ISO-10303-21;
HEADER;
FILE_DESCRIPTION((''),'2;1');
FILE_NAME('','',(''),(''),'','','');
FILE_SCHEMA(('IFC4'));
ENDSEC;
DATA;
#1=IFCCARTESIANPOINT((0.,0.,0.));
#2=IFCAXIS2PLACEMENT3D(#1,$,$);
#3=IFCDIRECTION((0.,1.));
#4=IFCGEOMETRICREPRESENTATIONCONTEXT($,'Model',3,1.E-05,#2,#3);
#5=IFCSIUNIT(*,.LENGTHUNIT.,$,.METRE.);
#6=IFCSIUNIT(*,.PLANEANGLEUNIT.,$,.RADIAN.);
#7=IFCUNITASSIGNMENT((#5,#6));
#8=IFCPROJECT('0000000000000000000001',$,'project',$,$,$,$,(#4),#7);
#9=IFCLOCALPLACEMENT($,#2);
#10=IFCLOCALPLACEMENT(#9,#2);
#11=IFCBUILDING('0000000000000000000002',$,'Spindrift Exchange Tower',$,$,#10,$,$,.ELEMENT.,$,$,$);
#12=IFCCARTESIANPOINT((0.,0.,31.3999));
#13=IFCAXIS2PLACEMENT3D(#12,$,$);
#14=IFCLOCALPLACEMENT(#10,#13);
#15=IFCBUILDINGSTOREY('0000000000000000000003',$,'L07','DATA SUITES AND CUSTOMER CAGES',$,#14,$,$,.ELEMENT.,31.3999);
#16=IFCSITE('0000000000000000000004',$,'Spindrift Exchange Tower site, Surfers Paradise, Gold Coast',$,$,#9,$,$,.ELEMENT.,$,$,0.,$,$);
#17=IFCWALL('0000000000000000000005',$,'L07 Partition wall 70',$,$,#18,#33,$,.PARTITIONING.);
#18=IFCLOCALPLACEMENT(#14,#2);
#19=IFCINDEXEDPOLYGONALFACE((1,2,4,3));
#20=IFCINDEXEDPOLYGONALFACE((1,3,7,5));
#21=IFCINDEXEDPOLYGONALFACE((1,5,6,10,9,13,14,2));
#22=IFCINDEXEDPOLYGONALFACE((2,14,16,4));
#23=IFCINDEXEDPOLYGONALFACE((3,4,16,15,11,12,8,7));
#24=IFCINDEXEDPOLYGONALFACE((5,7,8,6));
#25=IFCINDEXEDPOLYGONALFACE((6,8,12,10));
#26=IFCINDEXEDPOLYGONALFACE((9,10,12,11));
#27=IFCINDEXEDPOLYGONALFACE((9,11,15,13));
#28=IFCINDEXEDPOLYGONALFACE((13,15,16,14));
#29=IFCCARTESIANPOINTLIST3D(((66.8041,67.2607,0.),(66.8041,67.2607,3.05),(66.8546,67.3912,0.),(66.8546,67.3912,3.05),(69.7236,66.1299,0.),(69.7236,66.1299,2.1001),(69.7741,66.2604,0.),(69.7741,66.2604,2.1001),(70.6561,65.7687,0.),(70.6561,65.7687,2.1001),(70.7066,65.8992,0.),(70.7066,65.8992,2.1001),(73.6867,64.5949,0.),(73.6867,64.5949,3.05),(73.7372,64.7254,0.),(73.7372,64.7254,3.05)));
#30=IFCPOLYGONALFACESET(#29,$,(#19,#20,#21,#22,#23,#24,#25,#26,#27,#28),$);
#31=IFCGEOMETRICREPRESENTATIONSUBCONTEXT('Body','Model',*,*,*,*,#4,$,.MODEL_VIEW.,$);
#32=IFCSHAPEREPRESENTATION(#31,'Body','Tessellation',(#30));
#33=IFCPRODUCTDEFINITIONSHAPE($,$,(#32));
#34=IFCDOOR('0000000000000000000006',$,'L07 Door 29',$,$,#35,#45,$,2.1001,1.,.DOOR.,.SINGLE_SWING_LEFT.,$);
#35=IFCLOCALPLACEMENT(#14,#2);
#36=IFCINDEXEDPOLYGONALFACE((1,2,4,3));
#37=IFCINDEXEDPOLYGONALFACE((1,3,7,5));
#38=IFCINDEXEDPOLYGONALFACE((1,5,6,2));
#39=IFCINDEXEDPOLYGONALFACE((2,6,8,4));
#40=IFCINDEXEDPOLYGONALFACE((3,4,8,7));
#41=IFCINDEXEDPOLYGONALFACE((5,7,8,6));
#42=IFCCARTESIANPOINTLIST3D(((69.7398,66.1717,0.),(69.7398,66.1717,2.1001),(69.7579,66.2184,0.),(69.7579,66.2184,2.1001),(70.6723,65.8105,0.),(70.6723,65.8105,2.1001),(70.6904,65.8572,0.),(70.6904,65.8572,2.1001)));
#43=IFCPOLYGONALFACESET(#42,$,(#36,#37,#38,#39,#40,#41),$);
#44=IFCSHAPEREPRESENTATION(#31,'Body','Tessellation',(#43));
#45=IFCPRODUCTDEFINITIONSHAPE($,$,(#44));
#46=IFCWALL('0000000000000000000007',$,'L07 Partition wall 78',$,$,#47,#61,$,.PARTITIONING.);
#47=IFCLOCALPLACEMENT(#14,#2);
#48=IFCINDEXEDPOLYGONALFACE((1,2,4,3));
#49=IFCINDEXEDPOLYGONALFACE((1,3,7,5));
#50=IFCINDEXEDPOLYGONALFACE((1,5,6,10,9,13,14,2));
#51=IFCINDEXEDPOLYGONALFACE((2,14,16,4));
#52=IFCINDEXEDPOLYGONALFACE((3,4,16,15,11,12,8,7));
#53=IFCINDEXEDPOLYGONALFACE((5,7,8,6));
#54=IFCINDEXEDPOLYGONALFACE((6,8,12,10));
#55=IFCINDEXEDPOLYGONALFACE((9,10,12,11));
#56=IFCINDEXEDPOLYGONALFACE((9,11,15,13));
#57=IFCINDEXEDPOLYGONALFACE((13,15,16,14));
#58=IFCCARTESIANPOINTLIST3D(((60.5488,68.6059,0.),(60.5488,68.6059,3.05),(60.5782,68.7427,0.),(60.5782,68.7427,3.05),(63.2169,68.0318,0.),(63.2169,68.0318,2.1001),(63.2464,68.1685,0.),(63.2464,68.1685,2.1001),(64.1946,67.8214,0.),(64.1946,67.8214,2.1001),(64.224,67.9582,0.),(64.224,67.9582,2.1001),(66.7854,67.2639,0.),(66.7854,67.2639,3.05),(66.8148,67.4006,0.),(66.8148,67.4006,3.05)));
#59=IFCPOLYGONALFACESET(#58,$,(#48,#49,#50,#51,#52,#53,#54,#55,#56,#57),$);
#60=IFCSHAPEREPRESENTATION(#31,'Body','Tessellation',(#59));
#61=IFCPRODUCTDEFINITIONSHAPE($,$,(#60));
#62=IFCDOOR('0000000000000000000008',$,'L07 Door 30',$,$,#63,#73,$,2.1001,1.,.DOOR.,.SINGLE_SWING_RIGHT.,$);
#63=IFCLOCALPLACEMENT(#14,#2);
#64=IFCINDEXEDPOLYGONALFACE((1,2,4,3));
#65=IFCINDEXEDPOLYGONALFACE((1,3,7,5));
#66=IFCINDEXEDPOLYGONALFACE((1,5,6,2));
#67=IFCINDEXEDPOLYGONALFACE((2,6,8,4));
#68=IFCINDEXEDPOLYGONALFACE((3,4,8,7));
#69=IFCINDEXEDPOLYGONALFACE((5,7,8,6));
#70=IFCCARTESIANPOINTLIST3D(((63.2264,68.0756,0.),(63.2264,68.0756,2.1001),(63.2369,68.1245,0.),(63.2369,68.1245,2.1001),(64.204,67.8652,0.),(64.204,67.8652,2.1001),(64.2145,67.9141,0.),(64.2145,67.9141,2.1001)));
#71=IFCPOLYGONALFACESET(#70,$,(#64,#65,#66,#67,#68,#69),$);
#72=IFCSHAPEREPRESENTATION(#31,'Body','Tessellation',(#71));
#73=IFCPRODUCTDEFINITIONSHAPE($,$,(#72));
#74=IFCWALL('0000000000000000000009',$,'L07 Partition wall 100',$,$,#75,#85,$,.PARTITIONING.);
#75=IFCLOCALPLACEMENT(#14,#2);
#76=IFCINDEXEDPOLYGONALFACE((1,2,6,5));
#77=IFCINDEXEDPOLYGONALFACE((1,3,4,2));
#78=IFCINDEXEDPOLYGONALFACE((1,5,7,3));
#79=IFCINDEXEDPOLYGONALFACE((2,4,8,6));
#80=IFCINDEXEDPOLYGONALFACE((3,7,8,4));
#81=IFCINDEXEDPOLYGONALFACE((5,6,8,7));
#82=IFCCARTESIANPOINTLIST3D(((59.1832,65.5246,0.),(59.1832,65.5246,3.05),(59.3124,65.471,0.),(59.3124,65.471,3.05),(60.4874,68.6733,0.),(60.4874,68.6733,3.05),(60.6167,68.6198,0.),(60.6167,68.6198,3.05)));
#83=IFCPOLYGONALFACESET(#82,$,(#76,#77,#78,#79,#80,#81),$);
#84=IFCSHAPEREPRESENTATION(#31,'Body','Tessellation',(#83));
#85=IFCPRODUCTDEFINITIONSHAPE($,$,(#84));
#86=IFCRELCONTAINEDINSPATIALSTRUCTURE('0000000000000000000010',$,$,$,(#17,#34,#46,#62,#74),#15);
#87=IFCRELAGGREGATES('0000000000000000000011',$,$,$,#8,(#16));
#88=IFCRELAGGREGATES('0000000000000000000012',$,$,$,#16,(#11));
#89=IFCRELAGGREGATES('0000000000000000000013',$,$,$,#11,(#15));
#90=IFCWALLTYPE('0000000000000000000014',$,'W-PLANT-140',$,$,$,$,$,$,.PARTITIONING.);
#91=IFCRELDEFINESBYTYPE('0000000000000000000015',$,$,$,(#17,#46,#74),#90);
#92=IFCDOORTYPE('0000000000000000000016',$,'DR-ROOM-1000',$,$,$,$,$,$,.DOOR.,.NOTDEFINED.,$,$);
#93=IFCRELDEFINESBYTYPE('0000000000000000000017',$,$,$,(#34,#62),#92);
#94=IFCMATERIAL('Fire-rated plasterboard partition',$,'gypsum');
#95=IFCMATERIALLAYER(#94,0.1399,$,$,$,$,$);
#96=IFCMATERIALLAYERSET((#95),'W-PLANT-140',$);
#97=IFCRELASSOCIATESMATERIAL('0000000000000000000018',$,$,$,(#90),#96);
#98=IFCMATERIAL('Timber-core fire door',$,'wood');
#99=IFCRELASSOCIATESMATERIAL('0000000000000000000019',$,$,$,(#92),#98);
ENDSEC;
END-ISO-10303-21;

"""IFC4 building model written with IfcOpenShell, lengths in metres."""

from ifc_helpers import new_model, si_unit, direction, frame, frame_2d, origin, place, context, subcontext, project, spatial, rectangle, extrude, source, transform, mapped, material, layer, layer_set, type_object, element, fill, save


model = new_model("IFC4")

# Units and contexts
model_context = context("Model", 3, precision=1e-05, world=origin(), true_north=direction((0.0, 1.0)))
body_context = subcontext(model_context, "Body", "Model", "MODEL_VIEW")
ifc_project = project(units=[si_unit("LENGTHUNIT", "METRE"), si_unit("PLANEANGLEUNIT", "RADIAN")], contexts=[model_context])

# Site, building, storey
site_placement = place(None, origin())
site = spatial("IfcSite", under=ifc_project, at=site_placement, Name="Spindrift Exchange Tower site, Surfers Paradise, Gold Coast", CompositionType="ELEMENT", RefElevation=0.0)
building_placement = place(site_placement, origin())
building = spatial("IfcBuilding", under=site, at=building_placement, Name="Spindrift Exchange Tower", CompositionType="ELEMENT")
storey_placement = place(building_placement, frame((0.0, 0.0, 31.3999)))
storey = spatial("IfcBuildingStorey", under=building, at=storey_placement, Name="L07", Description="DATA SUITES AND CUSTOMER CAGES", CompositionType="ELEMENT", Elevation=31.3999)

# Shared definitions
ifc_material_1 = material(Name="Fire-rated plasterboard partition", Category="gypsum")

# Walls, openings, doors
ifc_layer_1 = layer(ifc_material_1, 0.1399)
ifc_layer_set_1 = layer_set([ifc_layer_1], Name="W-PLANT-140")
wall_type_1 = type_object("IfcWallType", Name="W-PLANT-140", PredefinedType="PARTITIONING", material=ifc_layer_set_1)
wall_1_placement = place(storey_placement, frame((66.8293, 67.3259, 0.0), z_axis=(0.0, 0.0, 1.0), x_axis=(0.932497, -0.361177, 0.0)))
wall_1 = element("IfcWall", 1, at=wall_1_placement, inside=storey, type_object=wall_type_1, Name="L07 Partition wall 70", PredefinedType="PARTITIONING", context=body_context, shape_type="SweptSolid", body=[
    extrude(rectangle(XDim=7.3809, YDim=0.1399, at=frame_2d((3.6904, 0.0))), origin(), (0.0, 0.0, 1.0), 3.05),
])
opening_1_placement = place(wall_1_placement, frame((3.1309, 0.0, 0.0)))
opening_1 = element("IfcOpeningElement", 2, at=opening_1_placement, cuts=wall_1, PredefinedType="OPENING", context=body_context, shape_type="SweptSolid", body=[
    extrude(rectangle(XDim=1.0, YDim=2.1001, at=frame_2d((0.5, 1.05))), frame((0.0, 0.0798, 0.0), z_axis=(0.0, -1.0, 0.0), x_axis=(1.0, 0.0, 0.0)), (0.0, 0.0, 1.0), 0.1599),
])
ifc_material_2 = material(Name="Timber-core fire door", Category="wood")
door_type = type_object("IfcDoorType", Name="DR-ROOM-1000", OperationType="NOTDEFINED", PredefinedType="DOOR", material=ifc_material_2)
shared_shape_1 = source(origin(), body_context, "Body", "SweptSolid", [
    extrude(rectangle(XDim=1.0, YDim=2.1001, at=frame_2d((0.5, 1.05))), frame((0.0, 0.0249, 0.0), z_axis=(0.0, -1.0, 0.0), x_axis=(1.0, 0.0, 0.0)), (0.0, 0.0, 1.0), 0.05),
])
door_1_placement = place(opening_1_placement, origin())
door_1 = element("IfcDoor", 3, at=door_1_placement, inside=storey, type_object=door_type, Name="L07 Door 29", OperationType="SINGLE_SWING_LEFT", OverallHeight=2.1001, OverallWidth=1.0, PredefinedType="DOOR", context=body_context, shape_type="MappedRepresentation", body=[
    mapped(shared_shape_1, transform((0.0, 0.0, 0.0), scale=1.0)),
])
fill(opening_1, door_1)
wall_2_placement = place(storey_placement, frame((60.5635, 68.6743, 0.0), z_axis=(0.0, 0.0, 1.0), x_axis=(0.977621, -0.210373, 0.0)))
wall_2 = element("IfcWall", 4, at=wall_2_placement, inside=storey, type_object=wall_type_1, Name="L07 Partition wall 78", PredefinedType="PARTITIONING", context=body_context, shape_type="SweptSolid", body=[
    extrude(rectangle(XDim=6.3794, YDim=0.1399, at=frame_2d((3.1897, 0.0))), origin(), (0.0, 0.0, 1.0), 3.05),
])
opening_2_placement = place(wall_2_placement, frame((2.7292, 0.0, 0.0)))
opening_2 = element("IfcOpeningElement", 5, at=opening_2_placement, cuts=wall_2, PredefinedType="OPENING", context=body_context, shape_type="SweptSolid", body=[
    extrude(rectangle(XDim=1.0, YDim=2.1001, at=frame_2d((0.5, 1.05))), frame((0.0, 0.0798, 0.0), z_axis=(0.0, -1.0, 0.0), x_axis=(1.0, 0.0, 0.0)), (0.0, 0.0, 1.0), 0.1599),
])
door_2_placement = place(opening_2_placement, origin())
door_2 = element("IfcDoor", 6, at=door_2_placement, inside=storey, type_object=door_type, Name="L07 Door 30", OperationType="SINGLE_SWING_RIGHT", OverallHeight=2.1001, OverallWidth=1.0, PredefinedType="DOOR", context=body_context, shape_type="MappedRepresentation", body=[
    mapped(shared_shape_1, transform((0.0, 0.0, 0.0), scale=1.0)),
])
fill(opening_2, door_2)

# Wall
wall_3_placement = place(storey_placement, frame((59.2478, 65.4978, 0.0), z_axis=(0.0, 0.0, 1.0), x_axis=(0.382677, 0.923882, 0.0)))
element("IfcWall", 7, at=wall_3_placement, inside=storey, type_object=wall_type_1, Name="L07 Partition wall 100", PredefinedType="PARTITIONING", context=body_context, shape_type="SweptSolid", body=[
    extrude(rectangle(XDim=3.4082, YDim=0.1399, at=frame_2d((1.7041, 0.0))), origin(), (0.0, 0.0, 1.0), 3.05),
])

save(model, "model.ifc")
